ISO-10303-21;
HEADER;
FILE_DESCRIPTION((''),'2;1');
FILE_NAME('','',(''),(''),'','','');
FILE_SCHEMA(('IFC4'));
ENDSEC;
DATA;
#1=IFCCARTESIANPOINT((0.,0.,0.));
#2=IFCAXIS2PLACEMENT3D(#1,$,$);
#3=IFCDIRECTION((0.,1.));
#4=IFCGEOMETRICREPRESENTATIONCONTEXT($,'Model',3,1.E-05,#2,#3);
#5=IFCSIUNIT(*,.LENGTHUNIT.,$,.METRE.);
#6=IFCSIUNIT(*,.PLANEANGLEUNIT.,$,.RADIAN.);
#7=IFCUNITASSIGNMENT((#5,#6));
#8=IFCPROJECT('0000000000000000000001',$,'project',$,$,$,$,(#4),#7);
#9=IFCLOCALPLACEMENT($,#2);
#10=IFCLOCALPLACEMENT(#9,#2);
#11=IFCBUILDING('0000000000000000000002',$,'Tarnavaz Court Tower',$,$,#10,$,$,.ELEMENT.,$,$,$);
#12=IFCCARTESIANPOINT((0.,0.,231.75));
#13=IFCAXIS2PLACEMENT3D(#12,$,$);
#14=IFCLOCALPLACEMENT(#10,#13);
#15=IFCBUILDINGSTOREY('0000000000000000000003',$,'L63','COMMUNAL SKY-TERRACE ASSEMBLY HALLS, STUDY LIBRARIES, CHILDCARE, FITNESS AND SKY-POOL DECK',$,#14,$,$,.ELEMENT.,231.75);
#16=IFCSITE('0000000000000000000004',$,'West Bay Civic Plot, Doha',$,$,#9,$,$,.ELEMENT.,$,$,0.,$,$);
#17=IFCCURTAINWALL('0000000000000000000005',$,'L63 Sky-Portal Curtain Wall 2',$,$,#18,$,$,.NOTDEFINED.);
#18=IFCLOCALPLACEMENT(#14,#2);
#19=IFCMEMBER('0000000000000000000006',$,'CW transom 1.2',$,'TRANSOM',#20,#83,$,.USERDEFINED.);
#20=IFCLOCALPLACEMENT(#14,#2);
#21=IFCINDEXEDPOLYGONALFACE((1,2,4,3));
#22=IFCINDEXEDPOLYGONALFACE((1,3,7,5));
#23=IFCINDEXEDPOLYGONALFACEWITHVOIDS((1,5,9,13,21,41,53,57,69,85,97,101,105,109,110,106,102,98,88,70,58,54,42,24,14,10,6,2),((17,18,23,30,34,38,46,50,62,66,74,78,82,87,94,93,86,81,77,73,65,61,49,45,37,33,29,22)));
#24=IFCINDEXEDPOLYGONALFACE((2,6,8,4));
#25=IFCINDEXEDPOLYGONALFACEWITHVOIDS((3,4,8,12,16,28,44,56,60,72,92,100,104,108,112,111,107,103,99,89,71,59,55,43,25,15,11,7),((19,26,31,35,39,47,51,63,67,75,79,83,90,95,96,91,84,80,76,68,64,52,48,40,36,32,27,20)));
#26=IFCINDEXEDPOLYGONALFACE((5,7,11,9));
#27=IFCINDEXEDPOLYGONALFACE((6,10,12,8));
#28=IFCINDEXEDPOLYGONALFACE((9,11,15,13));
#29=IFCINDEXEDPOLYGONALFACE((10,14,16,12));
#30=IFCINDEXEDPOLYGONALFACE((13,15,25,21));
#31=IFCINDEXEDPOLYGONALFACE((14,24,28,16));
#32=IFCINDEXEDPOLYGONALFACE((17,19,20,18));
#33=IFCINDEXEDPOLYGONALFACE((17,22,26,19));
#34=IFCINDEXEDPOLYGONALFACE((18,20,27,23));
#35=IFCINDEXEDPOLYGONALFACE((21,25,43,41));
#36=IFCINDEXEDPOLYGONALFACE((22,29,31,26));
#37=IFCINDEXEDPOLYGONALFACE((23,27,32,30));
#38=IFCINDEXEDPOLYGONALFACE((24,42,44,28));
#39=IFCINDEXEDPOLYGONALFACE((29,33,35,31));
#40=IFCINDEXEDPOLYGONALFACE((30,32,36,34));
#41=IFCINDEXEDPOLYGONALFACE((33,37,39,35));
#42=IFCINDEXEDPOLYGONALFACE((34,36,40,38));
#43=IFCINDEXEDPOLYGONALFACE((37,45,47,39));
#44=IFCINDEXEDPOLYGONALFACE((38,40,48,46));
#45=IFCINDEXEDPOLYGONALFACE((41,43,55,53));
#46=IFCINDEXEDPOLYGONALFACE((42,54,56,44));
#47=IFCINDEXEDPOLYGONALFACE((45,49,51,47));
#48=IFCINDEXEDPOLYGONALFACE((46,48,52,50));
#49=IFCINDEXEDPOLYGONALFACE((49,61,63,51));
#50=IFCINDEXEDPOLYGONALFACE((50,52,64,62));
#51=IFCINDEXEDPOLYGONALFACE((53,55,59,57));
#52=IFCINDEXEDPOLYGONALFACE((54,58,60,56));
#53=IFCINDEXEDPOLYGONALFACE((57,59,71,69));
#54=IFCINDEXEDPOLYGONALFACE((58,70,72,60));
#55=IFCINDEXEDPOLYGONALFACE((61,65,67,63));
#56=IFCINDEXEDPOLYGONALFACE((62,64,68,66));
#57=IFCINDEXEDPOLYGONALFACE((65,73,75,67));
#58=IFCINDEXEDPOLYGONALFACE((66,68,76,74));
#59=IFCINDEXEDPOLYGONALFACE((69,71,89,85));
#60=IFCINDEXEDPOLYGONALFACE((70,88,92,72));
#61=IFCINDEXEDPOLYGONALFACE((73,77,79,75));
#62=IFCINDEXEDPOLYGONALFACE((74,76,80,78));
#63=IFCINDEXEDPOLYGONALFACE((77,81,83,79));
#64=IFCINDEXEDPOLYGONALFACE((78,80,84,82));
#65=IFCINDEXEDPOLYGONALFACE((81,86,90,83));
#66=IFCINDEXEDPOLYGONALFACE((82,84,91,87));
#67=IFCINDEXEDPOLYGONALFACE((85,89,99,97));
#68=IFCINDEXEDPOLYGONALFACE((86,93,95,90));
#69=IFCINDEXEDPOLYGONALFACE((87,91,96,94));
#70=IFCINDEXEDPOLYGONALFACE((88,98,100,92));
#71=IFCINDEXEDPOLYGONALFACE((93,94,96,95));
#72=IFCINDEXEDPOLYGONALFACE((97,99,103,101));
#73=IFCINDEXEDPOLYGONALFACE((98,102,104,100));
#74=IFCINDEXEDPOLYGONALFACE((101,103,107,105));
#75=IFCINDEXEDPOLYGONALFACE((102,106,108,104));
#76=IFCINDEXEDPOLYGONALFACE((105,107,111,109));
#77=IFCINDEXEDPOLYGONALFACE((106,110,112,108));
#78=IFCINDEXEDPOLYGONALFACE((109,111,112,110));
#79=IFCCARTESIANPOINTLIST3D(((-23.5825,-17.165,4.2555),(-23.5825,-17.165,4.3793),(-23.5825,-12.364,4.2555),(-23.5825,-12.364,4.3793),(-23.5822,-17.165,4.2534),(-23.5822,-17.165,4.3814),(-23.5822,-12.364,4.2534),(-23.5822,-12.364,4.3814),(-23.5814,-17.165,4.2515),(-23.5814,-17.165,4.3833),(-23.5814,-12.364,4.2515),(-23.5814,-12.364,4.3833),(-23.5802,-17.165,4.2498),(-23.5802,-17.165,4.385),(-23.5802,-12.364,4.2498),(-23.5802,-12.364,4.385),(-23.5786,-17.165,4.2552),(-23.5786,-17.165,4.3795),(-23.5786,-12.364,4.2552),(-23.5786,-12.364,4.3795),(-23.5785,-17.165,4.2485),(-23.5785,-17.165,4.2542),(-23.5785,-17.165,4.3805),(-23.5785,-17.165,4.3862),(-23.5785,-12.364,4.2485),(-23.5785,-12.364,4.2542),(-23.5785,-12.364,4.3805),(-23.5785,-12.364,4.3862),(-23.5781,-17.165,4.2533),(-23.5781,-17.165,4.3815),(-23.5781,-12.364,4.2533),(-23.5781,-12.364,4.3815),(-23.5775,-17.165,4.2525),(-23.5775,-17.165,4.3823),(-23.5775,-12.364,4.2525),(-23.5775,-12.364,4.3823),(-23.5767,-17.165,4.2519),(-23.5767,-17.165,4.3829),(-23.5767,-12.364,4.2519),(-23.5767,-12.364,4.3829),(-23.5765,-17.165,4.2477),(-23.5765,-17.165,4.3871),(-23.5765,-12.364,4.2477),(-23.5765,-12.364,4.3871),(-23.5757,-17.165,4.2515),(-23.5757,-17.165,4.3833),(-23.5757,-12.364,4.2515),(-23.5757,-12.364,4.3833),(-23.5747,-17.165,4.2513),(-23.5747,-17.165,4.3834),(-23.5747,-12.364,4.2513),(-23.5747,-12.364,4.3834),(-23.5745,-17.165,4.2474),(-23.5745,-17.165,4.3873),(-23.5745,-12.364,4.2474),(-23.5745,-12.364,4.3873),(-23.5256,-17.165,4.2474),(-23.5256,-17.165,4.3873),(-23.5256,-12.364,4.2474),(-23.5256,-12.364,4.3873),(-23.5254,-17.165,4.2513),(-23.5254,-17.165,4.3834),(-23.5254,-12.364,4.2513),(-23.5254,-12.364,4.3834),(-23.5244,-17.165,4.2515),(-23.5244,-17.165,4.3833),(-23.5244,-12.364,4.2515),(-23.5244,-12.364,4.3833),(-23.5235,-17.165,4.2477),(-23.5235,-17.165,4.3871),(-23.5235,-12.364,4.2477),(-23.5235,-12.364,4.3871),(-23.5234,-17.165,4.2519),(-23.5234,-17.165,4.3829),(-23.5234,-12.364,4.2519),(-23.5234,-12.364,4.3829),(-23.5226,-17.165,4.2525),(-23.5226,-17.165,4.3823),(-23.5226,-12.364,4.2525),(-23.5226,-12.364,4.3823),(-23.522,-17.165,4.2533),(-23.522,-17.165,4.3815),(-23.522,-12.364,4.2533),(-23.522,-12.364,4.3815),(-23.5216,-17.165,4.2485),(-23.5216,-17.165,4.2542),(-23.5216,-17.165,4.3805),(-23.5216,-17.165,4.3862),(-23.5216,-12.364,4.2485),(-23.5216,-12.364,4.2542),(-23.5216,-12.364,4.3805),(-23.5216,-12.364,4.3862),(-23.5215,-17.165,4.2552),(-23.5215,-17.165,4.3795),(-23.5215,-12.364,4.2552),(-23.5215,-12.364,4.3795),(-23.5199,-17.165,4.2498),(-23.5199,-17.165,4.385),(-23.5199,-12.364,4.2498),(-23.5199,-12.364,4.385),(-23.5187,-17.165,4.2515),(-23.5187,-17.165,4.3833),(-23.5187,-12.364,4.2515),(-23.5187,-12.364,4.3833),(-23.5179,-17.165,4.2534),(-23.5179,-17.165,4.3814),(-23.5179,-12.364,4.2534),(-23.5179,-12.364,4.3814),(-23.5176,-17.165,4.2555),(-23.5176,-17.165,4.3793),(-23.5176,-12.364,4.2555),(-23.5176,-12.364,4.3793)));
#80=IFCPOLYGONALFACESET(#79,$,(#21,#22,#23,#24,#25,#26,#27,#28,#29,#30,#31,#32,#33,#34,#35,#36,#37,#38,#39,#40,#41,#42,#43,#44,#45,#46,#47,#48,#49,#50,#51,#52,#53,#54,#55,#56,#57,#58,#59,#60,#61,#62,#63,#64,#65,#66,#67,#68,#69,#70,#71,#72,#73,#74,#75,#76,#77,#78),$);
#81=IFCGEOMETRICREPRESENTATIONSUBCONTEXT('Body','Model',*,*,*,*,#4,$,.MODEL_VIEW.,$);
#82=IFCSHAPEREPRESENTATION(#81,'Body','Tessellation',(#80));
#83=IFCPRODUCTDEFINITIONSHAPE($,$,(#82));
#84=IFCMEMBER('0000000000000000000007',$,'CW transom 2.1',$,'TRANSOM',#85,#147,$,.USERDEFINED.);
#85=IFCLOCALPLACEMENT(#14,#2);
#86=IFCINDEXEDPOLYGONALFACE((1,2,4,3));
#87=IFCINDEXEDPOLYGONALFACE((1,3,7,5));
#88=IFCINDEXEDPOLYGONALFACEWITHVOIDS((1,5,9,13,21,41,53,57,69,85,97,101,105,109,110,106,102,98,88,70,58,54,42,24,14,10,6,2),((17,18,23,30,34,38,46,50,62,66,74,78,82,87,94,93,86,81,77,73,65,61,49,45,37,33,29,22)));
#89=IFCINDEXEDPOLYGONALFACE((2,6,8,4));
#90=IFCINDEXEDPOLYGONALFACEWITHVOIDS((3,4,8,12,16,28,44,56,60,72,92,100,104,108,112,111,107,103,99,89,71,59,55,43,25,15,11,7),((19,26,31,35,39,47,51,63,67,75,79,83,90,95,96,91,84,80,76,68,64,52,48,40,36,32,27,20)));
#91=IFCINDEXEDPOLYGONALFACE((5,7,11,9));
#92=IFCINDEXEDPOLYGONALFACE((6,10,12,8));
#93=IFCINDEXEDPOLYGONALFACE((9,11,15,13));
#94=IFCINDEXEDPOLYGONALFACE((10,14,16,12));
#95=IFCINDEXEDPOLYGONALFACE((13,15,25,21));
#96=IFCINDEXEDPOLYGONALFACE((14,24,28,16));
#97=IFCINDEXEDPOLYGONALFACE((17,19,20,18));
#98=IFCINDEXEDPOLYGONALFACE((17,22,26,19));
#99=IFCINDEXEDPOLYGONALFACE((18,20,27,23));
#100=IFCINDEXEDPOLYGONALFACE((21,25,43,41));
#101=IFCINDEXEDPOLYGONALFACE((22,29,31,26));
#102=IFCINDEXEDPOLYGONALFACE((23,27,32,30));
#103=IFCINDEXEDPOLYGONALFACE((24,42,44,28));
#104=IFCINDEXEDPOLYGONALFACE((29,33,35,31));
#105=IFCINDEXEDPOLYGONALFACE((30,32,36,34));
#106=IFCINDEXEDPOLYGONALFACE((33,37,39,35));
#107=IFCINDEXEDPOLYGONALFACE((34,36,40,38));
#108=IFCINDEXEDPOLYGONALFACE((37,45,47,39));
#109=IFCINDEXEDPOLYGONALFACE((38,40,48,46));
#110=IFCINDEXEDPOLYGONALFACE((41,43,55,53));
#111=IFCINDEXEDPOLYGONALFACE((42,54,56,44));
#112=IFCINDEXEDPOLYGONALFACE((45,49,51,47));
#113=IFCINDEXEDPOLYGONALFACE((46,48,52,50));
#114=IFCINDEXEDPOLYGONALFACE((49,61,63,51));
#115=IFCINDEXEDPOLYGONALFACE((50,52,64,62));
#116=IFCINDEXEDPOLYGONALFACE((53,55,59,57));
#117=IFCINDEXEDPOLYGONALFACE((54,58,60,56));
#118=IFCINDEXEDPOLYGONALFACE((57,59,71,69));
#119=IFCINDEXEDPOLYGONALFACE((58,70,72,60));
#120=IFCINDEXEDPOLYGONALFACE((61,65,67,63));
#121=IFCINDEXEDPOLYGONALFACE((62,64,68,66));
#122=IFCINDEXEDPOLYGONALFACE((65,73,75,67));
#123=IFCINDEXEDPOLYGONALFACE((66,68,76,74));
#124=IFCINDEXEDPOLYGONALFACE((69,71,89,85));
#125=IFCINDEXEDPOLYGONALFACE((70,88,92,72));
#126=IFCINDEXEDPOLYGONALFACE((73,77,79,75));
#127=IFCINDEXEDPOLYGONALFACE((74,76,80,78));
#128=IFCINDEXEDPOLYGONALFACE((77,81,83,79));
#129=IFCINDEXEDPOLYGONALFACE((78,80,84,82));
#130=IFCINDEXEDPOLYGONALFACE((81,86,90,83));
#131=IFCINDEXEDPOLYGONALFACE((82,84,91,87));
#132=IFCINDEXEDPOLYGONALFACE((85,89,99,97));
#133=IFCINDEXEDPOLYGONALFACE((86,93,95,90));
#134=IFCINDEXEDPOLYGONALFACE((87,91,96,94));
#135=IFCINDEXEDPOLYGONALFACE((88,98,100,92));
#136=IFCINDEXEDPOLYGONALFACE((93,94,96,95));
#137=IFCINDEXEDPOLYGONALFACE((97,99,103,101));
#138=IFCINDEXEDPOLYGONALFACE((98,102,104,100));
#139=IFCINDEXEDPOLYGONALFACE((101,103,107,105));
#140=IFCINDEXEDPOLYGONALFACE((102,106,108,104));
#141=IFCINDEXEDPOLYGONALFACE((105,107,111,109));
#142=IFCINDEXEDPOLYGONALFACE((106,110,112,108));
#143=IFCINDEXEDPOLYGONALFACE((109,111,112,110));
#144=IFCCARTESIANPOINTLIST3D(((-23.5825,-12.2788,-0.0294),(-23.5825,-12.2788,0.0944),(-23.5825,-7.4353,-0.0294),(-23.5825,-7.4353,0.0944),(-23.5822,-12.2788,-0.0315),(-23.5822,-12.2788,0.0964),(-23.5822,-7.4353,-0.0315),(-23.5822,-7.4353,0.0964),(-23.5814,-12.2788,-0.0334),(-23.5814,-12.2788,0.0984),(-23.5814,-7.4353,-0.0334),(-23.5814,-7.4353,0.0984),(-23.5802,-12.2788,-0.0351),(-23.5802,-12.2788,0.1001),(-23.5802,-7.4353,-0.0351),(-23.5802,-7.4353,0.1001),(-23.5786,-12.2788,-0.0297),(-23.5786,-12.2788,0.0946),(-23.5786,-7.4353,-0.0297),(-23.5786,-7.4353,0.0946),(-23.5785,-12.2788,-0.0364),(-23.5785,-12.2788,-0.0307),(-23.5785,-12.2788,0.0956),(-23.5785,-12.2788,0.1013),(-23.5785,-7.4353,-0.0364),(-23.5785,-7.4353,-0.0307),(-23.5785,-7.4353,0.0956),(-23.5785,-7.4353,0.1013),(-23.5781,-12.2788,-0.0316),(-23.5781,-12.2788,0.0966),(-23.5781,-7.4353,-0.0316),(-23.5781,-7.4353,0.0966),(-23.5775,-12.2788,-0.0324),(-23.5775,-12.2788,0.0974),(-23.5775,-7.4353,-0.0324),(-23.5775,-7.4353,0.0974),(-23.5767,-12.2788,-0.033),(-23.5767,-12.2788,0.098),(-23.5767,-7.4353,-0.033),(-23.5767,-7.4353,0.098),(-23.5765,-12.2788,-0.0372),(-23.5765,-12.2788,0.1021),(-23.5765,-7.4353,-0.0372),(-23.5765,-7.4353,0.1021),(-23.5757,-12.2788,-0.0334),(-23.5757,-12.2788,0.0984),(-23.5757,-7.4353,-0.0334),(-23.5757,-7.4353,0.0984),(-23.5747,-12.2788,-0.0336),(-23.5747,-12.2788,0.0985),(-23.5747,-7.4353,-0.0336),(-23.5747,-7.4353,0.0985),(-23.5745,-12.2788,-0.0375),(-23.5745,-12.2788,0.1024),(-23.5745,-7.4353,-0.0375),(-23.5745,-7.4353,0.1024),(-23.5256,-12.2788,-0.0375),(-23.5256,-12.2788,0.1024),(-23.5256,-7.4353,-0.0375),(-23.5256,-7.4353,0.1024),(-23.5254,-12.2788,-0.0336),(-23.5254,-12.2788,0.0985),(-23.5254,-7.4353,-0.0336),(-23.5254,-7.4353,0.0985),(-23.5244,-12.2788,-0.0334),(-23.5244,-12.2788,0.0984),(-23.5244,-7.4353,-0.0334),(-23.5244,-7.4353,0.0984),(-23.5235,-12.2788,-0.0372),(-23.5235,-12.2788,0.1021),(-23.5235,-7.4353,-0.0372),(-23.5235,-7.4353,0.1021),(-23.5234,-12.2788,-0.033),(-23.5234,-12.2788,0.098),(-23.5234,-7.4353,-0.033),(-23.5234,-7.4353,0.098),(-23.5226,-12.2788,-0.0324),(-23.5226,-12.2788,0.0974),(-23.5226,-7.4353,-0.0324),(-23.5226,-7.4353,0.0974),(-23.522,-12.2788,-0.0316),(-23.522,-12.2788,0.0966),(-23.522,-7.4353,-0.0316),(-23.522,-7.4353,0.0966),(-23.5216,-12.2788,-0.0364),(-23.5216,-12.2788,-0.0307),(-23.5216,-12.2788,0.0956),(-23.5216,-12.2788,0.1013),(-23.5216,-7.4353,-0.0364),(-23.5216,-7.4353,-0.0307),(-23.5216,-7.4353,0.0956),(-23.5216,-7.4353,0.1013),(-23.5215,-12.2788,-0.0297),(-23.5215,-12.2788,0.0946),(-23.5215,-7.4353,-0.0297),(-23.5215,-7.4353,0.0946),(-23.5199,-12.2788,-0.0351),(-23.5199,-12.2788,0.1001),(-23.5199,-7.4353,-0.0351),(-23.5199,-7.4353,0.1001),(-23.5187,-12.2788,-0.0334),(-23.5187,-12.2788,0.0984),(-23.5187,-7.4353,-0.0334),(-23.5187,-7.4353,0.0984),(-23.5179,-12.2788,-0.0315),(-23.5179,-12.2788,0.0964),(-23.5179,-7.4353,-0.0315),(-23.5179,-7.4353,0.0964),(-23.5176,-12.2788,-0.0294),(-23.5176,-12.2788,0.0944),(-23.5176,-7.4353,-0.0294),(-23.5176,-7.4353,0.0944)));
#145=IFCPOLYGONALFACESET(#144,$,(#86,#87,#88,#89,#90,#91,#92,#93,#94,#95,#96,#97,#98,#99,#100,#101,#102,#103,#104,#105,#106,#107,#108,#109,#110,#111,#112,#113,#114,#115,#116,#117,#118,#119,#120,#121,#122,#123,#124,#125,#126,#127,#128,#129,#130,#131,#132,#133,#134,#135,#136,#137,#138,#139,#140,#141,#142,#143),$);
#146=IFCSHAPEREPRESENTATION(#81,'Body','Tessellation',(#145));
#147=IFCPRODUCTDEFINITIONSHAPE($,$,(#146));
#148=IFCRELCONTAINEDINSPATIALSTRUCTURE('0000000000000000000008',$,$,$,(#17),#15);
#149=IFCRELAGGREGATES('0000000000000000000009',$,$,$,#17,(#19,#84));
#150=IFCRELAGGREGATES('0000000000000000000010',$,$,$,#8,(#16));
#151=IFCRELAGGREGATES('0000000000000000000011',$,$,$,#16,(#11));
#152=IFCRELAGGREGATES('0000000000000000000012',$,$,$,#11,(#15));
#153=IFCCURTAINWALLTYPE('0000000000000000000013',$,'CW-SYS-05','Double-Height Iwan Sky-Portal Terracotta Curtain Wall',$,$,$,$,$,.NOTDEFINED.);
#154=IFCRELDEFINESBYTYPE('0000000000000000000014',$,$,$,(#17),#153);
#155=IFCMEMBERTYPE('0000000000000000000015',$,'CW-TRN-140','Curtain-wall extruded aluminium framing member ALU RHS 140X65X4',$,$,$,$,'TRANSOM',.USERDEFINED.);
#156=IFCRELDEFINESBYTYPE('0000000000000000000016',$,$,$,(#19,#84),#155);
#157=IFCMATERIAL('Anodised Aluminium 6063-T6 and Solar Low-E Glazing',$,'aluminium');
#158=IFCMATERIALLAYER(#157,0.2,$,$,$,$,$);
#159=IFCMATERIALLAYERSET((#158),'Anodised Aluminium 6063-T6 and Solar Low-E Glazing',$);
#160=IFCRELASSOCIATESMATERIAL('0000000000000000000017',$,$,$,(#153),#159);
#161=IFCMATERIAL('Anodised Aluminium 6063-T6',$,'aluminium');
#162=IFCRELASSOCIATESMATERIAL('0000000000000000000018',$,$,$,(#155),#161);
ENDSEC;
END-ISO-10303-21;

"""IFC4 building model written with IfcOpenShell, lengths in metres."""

from ifc_helpers import new_model, si_unit, direction, frame, origin, origin_2d, place, context, subcontext, project, spatial, hollow_rectangle, extrude, material, layer, layer_set, material_profile, profile_set, type_object, element, aggregate, save


model = new_model("IFC4")

# Units and contexts
model_context = context("Model", 3, precision=1e-05, world=origin(), true_north=direction((0.0, 1.0)))
body_context = subcontext(model_context, "Body", "Model", "MODEL_VIEW")
ifc_project = project(units=[si_unit("LENGTHUNIT", "METRE"), si_unit("PLANEANGLEUNIT", "RADIAN")], contexts=[model_context])

# Site, building, storey
site_placement = place(None, origin())
site = spatial("IfcSite", under=ifc_project, at=site_placement, Name="West Bay Civic Plot, Doha", CompositionType="ELEMENT", RefElevation=0.0)
building_placement = place(site_placement, origin())
building = spatial("IfcBuilding", under=site, at=building_placement, Name="Tarnavaz Court Tower", CompositionType="ELEMENT")
storey_placement = place(building_placement, frame((0.0, 0.0, 231.75)))
storey = spatial("IfcBuildingStorey", under=building, at=storey_placement, Name="L63", Description="COMMUNAL SKY-TERRACE ASSEMBLY HALLS, STUDY LIBRARIES, CHILDCARE, FITNESS AND SKY-POOL DECK", CompositionType="ELEMENT", Elevation=231.75)

# Curtain wall, members
ifc_material_1 = material(Name="Anodised Aluminium 6063-T6 and Solar Low-E Glazing", Category="aluminium")
ifc_layer_1 = layer(ifc_material_1, 0.2)
ifc_layer_set_1 = layer_set([ifc_layer_1], Name="Anodised Aluminium 6063-T6 and Solar Low-E Glazing")
curtain_wall_type = type_object("IfcCurtainWallType", Name="CW-SYS-05", Description="Double-Height Iwan Sky-Portal Terracotta Curtain Wall", PredefinedType="NOTDEFINED", material=ifc_layer_set_1)
curtain_wall_placement = place(storey_placement, origin())
curtain_wall = element("IfcCurtainWall", 1, at=curtain_wall_placement, inside=storey, type_object=curtain_wall_type, Name="L63 Sky-Portal Curtain Wall 2", PredefinedType="NOTDEFINED")
ifc_material_2 = material(Name="Anodised Aluminium 6063-T6", Category="aluminium")
ifc_material_profile_1 = material_profile(ifc_material_2, hollow_rectangle(XDim=0.0649, YDim=0.1399, WallThickness=0.0039, InnerFilletRadius=0.0039, OuterFilletRadius=0.0081, at=origin_2d()), Name="ALU RHS 140X65X4")
ifc_profile_set_1 = profile_set([ifc_material_profile_1], Name="Anodised Aluminium 6063-T6")
member_type_1 = type_object("IfcMemberType", Name="CW-TRN-140", Description="Curtain-wall extruded aluminium framing member ALU RHS 140X65X4", ElementType="TRANSOM", PredefinedType="USERDEFINED", material=ifc_profile_set_1)
member_1_placement = place(storey_placement, frame((-23.55, -17.165, 4.3174), z_axis=(0.0, 1.0, 0.0), x_axis=(-1.0, 0.0, 0.0)))
member_1 = element("IfcMember", 2, at=member_1_placement, type_object=member_type_1, Name="CW transom 1.2", ObjectType="TRANSOM", PredefinedType="USERDEFINED", context=body_context, shape_type="SweptSolid", body=[
    extrude(hollow_rectangle(XDim=0.0649, YDim=0.1399, WallThickness=0.0039, InnerFilletRadius=0.0039, OuterFilletRadius=0.0081, at=origin_2d()), origin(), (0.0, 0.0, 1.0), 4.801),
])
member_2_placement = place(storey_placement, frame((-23.55, -12.2788, 0.0325), z_axis=(0.0, 1.0, 0.0), x_axis=(-1.0, 0.0, 0.0)))
member_2 = element("IfcMember", 3, at=member_2_placement, type_object=member_type_1, Name="CW transom 2.1", ObjectType="TRANSOM", PredefinedType="USERDEFINED", context=body_context, shape_type="SweptSolid", body=[
    extrude(hollow_rectangle(XDim=0.0649, YDim=0.1399, WallThickness=0.0039, InnerFilletRadius=0.0039, OuterFilletRadius=0.0081, at=origin_2d()), origin(), (0.0, 0.0, 1.0), 4.8435),
])
aggregate(curtain_wall, [member_1, member_2])

save(model, "model.ifc")
